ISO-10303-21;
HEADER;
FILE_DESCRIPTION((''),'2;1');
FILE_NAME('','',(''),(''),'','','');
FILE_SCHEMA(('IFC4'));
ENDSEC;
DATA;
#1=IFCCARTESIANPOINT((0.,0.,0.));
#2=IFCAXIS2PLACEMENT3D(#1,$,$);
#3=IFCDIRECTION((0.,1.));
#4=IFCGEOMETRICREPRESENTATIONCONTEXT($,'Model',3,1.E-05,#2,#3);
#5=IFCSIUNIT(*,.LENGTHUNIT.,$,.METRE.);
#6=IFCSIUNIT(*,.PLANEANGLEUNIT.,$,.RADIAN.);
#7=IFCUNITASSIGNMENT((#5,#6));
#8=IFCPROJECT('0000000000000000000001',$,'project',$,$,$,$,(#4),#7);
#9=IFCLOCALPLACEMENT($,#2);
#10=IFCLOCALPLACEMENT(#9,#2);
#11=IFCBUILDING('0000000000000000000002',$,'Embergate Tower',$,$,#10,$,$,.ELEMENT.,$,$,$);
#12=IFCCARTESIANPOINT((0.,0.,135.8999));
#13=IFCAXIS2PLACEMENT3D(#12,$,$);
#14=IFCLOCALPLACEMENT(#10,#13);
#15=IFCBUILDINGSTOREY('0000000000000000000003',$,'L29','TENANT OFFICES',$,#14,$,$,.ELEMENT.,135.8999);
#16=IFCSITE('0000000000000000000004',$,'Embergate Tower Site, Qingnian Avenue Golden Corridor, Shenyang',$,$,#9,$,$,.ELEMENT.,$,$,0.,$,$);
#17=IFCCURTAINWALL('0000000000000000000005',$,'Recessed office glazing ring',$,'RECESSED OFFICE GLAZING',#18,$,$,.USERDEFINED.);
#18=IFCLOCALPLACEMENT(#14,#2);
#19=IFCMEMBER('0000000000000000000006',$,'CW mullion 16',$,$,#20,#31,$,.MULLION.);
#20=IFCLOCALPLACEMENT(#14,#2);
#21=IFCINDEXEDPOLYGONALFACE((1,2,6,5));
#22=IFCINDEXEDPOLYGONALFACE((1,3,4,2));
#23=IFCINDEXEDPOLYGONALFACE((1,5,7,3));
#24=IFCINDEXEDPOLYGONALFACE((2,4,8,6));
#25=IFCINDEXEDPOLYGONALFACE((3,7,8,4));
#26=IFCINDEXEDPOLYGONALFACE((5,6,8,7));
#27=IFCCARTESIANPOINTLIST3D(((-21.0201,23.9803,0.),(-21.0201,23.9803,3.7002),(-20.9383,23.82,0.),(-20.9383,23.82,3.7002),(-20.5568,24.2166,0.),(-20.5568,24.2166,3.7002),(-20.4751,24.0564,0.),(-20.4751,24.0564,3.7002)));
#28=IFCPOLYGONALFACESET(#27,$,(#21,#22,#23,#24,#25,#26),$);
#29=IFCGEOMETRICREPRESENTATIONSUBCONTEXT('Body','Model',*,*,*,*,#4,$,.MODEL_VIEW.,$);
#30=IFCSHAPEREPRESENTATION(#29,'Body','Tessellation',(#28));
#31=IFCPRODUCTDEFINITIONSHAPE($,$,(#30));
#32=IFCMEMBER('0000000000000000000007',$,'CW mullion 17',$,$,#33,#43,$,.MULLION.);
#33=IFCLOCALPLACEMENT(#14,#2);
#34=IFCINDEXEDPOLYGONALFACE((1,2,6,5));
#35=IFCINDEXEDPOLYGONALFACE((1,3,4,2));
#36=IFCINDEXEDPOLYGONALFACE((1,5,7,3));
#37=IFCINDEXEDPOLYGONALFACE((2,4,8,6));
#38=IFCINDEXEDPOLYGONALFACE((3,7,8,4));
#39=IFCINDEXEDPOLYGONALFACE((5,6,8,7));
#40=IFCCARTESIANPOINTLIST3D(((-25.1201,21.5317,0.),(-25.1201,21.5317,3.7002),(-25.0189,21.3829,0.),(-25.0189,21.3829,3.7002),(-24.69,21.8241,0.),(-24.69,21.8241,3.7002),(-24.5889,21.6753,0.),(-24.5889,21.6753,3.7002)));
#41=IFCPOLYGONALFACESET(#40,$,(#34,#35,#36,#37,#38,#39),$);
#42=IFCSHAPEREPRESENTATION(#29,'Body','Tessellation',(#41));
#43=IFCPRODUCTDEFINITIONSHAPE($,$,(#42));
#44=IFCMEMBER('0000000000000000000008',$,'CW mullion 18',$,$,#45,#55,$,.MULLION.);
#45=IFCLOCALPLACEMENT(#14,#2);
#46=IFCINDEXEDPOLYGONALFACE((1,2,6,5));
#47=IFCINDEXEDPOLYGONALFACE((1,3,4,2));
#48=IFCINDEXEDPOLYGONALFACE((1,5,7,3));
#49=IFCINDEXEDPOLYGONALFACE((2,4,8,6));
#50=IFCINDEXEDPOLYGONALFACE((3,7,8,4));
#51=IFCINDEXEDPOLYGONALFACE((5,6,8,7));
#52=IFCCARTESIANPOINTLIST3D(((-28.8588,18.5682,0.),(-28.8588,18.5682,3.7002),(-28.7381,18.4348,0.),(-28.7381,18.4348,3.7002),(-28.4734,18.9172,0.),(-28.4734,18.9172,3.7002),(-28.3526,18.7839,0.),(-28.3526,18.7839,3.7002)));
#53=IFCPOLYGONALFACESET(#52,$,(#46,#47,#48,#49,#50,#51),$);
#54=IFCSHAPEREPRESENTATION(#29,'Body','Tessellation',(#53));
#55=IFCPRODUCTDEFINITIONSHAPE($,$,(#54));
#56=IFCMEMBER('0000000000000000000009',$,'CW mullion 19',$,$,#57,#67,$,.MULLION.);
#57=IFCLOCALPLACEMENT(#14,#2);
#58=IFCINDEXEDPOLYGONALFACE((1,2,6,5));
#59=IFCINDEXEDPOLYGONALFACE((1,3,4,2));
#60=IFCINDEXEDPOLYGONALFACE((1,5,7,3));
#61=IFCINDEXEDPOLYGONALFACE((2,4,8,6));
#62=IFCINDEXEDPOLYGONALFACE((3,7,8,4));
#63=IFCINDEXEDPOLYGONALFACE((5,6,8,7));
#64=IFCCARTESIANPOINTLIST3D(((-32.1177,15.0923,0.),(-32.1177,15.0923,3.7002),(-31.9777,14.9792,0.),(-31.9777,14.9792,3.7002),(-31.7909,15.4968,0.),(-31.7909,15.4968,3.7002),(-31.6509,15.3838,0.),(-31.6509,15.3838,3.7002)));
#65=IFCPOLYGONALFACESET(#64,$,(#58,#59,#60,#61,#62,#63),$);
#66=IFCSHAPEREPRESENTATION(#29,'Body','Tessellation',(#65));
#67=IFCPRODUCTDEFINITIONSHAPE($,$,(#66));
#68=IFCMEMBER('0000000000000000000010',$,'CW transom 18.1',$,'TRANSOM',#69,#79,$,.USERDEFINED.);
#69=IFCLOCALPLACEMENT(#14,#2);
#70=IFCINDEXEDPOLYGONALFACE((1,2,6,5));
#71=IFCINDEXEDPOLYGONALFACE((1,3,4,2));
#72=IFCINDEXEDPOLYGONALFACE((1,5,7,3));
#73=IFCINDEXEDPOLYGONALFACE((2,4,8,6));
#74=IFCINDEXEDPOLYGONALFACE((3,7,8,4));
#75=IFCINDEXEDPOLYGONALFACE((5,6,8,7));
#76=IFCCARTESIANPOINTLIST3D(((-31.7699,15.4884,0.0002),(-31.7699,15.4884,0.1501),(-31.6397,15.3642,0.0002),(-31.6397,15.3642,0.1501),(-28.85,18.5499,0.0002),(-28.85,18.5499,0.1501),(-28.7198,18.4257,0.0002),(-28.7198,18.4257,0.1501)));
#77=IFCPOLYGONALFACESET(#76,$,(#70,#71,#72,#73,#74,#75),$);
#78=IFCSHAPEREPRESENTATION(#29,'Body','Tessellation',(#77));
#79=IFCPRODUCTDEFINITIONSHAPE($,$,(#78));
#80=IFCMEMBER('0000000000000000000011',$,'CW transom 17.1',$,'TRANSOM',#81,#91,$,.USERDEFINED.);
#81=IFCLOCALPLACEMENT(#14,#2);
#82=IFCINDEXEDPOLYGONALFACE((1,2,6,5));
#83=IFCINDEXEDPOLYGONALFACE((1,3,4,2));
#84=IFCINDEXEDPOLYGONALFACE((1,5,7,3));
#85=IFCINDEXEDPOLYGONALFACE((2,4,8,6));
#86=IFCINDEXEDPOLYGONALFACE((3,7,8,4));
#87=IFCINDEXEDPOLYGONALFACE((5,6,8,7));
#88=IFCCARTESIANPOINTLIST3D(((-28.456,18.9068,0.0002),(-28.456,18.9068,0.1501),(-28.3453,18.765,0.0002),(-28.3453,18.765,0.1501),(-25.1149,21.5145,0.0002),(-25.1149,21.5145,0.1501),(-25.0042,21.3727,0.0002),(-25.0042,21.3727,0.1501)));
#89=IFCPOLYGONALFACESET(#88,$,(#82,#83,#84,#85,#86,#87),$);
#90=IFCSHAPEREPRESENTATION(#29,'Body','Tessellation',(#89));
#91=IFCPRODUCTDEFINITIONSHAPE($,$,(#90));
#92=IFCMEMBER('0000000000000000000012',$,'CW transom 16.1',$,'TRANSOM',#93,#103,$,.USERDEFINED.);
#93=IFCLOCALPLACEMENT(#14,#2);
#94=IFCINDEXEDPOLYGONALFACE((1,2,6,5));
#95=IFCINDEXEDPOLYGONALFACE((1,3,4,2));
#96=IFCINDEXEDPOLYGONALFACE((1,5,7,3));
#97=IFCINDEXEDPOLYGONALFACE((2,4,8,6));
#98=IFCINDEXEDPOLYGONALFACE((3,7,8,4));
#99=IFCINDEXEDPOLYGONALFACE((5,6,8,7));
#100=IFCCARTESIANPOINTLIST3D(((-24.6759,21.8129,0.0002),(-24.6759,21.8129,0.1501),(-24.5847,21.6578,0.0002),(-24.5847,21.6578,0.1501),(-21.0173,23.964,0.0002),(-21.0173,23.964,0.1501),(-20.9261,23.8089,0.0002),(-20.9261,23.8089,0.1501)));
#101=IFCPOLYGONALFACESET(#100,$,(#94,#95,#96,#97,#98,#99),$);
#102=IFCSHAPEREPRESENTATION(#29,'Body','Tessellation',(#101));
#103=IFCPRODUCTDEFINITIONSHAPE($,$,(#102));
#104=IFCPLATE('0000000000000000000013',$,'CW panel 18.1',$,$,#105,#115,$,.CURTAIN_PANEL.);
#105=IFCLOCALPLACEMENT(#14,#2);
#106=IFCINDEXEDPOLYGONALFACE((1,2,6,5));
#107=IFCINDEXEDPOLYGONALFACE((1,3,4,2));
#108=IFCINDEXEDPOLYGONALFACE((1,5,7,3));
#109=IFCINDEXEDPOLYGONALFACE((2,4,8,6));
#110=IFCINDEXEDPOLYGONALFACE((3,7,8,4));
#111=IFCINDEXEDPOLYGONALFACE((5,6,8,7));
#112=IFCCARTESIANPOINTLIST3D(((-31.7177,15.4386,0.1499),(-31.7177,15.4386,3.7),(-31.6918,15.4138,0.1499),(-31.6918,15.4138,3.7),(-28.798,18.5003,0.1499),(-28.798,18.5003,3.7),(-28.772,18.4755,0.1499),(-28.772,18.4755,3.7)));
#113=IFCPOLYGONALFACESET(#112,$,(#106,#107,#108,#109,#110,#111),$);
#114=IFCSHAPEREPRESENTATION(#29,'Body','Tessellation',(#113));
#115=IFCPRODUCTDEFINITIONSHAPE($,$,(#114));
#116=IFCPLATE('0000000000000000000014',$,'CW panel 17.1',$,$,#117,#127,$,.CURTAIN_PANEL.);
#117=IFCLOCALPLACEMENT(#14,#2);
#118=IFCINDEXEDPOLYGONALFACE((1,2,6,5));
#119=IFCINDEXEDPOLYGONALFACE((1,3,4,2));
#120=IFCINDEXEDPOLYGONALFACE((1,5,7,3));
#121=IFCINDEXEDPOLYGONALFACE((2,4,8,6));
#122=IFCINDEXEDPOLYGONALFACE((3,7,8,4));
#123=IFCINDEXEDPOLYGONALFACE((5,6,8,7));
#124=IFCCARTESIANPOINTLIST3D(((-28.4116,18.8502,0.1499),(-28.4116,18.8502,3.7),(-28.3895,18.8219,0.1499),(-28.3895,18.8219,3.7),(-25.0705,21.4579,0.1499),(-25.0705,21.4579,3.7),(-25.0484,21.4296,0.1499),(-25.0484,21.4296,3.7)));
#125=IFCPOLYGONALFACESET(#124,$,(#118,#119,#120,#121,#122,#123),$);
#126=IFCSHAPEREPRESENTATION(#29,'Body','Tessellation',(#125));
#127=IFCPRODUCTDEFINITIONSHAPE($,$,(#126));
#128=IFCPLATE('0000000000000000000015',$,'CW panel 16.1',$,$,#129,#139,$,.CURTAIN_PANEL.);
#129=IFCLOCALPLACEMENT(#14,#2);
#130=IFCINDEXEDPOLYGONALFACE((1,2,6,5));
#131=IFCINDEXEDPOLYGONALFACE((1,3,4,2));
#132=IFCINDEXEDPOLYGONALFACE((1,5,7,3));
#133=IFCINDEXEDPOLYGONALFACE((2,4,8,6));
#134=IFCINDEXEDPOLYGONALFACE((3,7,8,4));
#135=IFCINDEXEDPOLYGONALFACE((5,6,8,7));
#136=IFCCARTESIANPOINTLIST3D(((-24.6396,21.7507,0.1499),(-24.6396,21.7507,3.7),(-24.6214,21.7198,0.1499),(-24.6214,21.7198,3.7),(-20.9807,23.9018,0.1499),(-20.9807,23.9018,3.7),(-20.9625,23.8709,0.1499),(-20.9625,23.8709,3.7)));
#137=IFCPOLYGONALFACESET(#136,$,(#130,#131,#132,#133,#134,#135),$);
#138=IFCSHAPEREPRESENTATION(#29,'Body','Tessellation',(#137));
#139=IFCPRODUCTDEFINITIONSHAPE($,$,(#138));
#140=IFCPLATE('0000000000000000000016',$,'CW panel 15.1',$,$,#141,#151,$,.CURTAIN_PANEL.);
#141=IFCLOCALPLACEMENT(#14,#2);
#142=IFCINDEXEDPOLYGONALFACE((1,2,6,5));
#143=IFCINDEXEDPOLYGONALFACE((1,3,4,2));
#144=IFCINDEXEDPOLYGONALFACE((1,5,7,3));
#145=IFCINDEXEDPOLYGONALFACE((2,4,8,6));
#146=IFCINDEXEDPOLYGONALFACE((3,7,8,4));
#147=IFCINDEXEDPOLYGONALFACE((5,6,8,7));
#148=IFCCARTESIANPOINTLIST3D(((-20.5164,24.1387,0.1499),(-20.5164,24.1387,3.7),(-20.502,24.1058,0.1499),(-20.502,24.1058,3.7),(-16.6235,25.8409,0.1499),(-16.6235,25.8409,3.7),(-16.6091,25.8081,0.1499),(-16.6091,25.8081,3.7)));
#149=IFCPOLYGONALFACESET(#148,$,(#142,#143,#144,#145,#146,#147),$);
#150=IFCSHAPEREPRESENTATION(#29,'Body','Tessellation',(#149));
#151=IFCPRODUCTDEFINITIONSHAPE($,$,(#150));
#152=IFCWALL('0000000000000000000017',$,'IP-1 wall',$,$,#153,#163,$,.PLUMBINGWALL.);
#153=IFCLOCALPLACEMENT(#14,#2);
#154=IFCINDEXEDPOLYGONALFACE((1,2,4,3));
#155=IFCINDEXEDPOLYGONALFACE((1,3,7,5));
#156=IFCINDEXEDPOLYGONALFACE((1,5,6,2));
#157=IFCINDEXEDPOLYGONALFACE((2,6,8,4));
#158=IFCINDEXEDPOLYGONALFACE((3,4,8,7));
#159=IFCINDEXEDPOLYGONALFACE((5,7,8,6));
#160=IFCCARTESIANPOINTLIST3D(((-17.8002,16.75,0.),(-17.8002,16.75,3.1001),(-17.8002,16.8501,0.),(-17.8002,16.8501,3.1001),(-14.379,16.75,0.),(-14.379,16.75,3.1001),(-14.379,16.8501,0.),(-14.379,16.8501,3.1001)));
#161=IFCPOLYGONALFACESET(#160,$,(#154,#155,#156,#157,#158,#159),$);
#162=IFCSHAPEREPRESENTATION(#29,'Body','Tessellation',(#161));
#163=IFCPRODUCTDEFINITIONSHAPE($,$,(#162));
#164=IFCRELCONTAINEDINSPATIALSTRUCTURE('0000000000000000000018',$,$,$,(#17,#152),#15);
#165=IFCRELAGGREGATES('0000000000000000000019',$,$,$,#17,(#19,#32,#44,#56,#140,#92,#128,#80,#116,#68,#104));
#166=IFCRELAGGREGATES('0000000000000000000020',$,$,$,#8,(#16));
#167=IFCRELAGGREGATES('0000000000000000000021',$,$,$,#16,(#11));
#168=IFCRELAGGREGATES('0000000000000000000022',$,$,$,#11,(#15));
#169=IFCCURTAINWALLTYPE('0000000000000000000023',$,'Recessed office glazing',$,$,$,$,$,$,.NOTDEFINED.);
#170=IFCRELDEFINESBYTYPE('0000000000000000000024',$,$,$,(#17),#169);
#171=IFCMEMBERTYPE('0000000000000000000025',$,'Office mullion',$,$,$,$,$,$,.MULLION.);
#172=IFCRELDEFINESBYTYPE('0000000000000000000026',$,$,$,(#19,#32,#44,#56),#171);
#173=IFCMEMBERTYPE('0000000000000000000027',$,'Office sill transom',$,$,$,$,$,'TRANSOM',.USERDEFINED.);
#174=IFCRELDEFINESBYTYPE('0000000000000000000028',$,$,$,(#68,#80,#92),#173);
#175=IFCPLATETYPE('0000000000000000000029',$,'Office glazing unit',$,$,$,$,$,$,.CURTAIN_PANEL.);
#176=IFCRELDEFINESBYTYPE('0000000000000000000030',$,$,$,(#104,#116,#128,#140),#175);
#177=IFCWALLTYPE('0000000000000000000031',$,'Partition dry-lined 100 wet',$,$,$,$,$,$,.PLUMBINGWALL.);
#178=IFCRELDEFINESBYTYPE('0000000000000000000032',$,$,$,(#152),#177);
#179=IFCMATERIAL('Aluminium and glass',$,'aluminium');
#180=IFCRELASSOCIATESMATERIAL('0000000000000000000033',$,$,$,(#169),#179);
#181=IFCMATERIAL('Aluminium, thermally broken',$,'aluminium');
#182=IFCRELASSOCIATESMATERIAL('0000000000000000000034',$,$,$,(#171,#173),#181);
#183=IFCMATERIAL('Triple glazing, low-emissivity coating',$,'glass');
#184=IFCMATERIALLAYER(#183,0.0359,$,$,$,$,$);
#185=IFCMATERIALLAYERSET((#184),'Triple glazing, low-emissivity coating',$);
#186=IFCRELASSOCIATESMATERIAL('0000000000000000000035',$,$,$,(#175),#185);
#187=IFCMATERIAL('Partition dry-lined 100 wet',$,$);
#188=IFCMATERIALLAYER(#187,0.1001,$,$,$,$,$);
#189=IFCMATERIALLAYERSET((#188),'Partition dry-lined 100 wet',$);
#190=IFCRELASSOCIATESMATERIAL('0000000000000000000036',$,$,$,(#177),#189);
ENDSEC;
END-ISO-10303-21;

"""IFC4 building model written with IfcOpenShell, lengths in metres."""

from ifc_helpers import new_model, si_unit, direction, frame, frame_2d, origin, origin_2d, place, context, subcontext, project, spatial, rectangle, extrude, source, transform, mapped, material, layer, layer_set, material_profile, profile_set, type_object, element, aggregate, save


model = new_model("IFC4")

# Units and contexts
model_context = context("Model", 3, precision=1e-05, world=origin(), true_north=direction((0.0, 1.0)))
body_context = subcontext(model_context, "Body", "Model", "MODEL_VIEW")
ifc_project = project(units=[si_unit("LENGTHUNIT", "METRE"), si_unit("PLANEANGLEUNIT", "RADIAN")], contexts=[model_context])

# Site, building, storey
site_placement = place(None, origin())
site = spatial("IfcSite", under=ifc_project, at=site_placement, Name="Embergate Tower Site, Qingnian Avenue Golden Corridor, Shenyang", CompositionType="ELEMENT", RefElevation=0.0)
building_placement = place(site_placement, origin())
building = spatial("IfcBuilding", under=site, at=building_placement, Name="Embergate Tower", CompositionType="ELEMENT")
storey_placement = place(building_placement, frame((0.0, 0.0, 135.8999)))
storey = spatial("IfcBuildingStorey", under=building, at=storey_placement, Name="L29", Description="TENANT OFFICES", CompositionType="ELEMENT", Elevation=135.8999)

# Curtain wall, members, plates
ifc_material_1 = material(Name="Aluminium and glass", Category="aluminium")
curtain_wall_type = type_object("IfcCurtainWallType", Name="Recessed office glazing", PredefinedType="NOTDEFINED", material=ifc_material_1)
curtain_wall_placement = place(storey_placement, origin())
curtain_wall = element("IfcCurtainWall", 1, at=curtain_wall_placement, inside=storey, type_object=curtain_wall_type, Name="Recessed office glazing ring", ObjectType="RECESSED OFFICE GLAZING", PredefinedType="USERDEFINED")
ifc_material_2 = material(Name="Aluminium, thermally broken", Category="aluminium")
ifc_material_profile_1 = material_profile(ifc_material_2, rectangle(XDim=0.1799, YDim=0.52, at=origin_2d()), Name="AL 520x180")
ifc_profile_set_1 = profile_set([ifc_material_profile_1], Name="Aluminium, thermally broken")
member_type_1 = type_object("IfcMemberType", Name="Office mullion", PredefinedType="MULLION", material=ifc_profile_set_1)
shared_shape_1 = source(origin(), body_context, "Body", "SweptSolid", [
    extrude(rectangle(XDim=0.1799, YDim=0.52, at=origin_2d()), origin(), (0.0, 0.0, 1.0), 3.7002),
])
member_1_placement = place(storey_placement, frame((-20.7476, 24.0183, 0.0), z_axis=(0.0, 0.0, 1.0), x_axis=(0.454508, -0.890743, 0.0)))
member_1 = element("IfcMember", 2, at=member_1_placement, type_object=member_type_1, Name="CW mullion 16", PredefinedType="MULLION", context=body_context, shape_type="MappedRepresentation", body=[
    mapped(shared_shape_1, transform((0.0, 0.0, 0.0))),
])
member_2_placement = place(storey_placement, frame((-24.8545, 21.6035, 0.0), z_axis=(0.0, 0.0, 1.0), x_axis=(0.562215, -0.826991, 0.0)))
member_2 = element("IfcMember", 3, at=member_2_placement, type_object=member_type_1, Name="CW mullion 17", PredefinedType="MULLION", context=body_context, shape_type="MappedRepresentation", body=[
    mapped(shared_shape_1, transform((0.0, 0.0, 0.0))),
])
member_3_placement = place(storey_placement, frame((-28.6057, 18.676, 0.0), z_axis=(0.0, 0.0, 1.0), x_axis=(0.671225, -0.741253, 0.0)))
member_3 = element("IfcMember", 4, at=member_3_placement, type_object=member_type_1, Name="CW mullion 18", PredefinedType="MULLION", context=body_context, shape_type="MappedRepresentation", body=[
    mapped(shared_shape_1, transform((0.0, 0.0, 0.0))),
])
member_4_placement = place(storey_placement, frame((-31.8843, 15.238, 0.0), z_axis=(0.0, 0.0, 1.0), x_axis=(0.777871, -0.628423, 0.0)))
member_4 = element("IfcMember", 5, at=member_4_placement, type_object=member_type_1, Name="CW mullion 19", PredefinedType="MULLION", context=body_context, shape_type="MappedRepresentation", body=[
    mapped(shared_shape_1, transform((0.0, 0.0, 0.0))),
])
ifc_material_profile_2 = material_profile(ifc_material_2, rectangle(XDim=0.1799, YDim=0.1499, at=origin_2d()), Name="AL 150x180")
ifc_profile_set_2 = profile_set([ifc_material_profile_2], Name="Aluminium, thermally broken")
member_type_2 = type_object("IfcMemberType", Name="Office sill transom", ElementType="TRANSOM", PredefinedType="USERDEFINED", material=ifc_profile_set_2)
shared_shape_2 = source(origin(), body_context, "Body", "SweptSolid", [
    extrude(rectangle(XDim=0.1799, YDim=0.1499, at=origin_2d()), origin(), (0.0, 0.0, 1.0), 4.2307),
])
member_5_placement = place(storey_placement, frame((-28.7849, 18.4878, 0.0752), z_axis=(-0.690174, -0.723644, 0.0), x_axis=(0.723644, -0.690174, 0.0)))
member_5 = element("IfcMember", 6, at=member_5_placement, type_object=member_type_2, Name="CW transom 18.1", ObjectType="TRANSOM", PredefinedType="USERDEFINED", context=body_context, shape_type="MappedRepresentation", body=[
    mapped(shared_shape_2, transform((0.0, 0.0, 0.0))),
])
shared_shape_3 = source(origin(), body_context, "Body", "SweptSolid", [
    extrude(rectangle(XDim=0.1799, YDim=0.1499, at=origin_2d()), origin(), (0.0, 0.0, 1.0), 4.2383),
])
member_6_placement = place(storey_placement, frame((-25.0596, 21.4436, 0.0752), z_axis=(-0.788315, -0.615272, 0.0), x_axis=(0.615272, -0.788315, 0.0)))
member_6 = element("IfcMember", 7, at=member_6_placement, type_object=member_type_2, Name="CW transom 17.1", ObjectType="TRANSOM", PredefinedType="USERDEFINED", context=body_context, shape_type="MappedRepresentation", body=[
    mapped(shared_shape_3, transform((0.0, 0.0, 0.0))),
])
shared_shape_4 = source(origin(), body_context, "Body", "SweptSolid", [
    extrude(rectangle(XDim=0.1799, YDim=0.1499, at=origin_2d()), origin(), (0.0, 0.0, 1.0), 4.2441),
])
member_7_placement = place(storey_placement, frame((-20.9717, 23.8865, 0.0752), z_axis=(-0.862042, -0.506837, 0.0), x_axis=(0.506837, -0.862042, 0.0)))
member_7 = element("IfcMember", 8, at=member_7_placement, type_object=member_type_2, Name="CW transom 16.1", ObjectType="TRANSOM", PredefinedType="USERDEFINED", context=body_context, shape_type="MappedRepresentation", body=[
    mapped(shared_shape_4, transform((0.0, 0.0, 0.0))),
])
ifc_material_3 = material(Name="Triple glazing, low-emissivity coating", Category="glass")
ifc_layer_1 = layer(ifc_material_3, 0.0359)
ifc_layer_set_1 = layer_set([ifc_layer_1], Name="Triple glazing, low-emissivity coating")
plate_type = type_object("IfcPlateType", Name="Office glazing unit", PredefinedType="CURTAIN_PANEL", material=ifc_layer_set_1)
shared_shape_5 = source(origin(), body_context, "Body", "SweptSolid", [
    extrude(rectangle(XDim=4.2307, YDim=0.0359, at=origin_2d()), origin(), (0.0, 0.0, 1.0), 3.55),
])
plate_1_placement = place(storey_placement, frame((-30.2449, 16.957, 0.1499), z_axis=(0.0, 0.0, 1.0), x_axis=(-0.690138, -0.723678, 0.0)))
plate_1 = element("IfcPlate", 9, at=plate_1_placement, type_object=plate_type, Name="CW panel 18.1", PredefinedType="CURTAIN_PANEL", context=body_context, shape_type="MappedRepresentation", body=[
    mapped(shared_shape_5, transform((0.0, 0.0, 0.0))),
])
shared_shape_6 = source(origin(), body_context, "Body", "SweptSolid", [
    extrude(rectangle(XDim=4.2383, YDim=0.0359, at=origin_2d()), origin(), (0.0, 0.0, 1.0), 3.55),
])
plate_2_placement = place(storey_placement, frame((-26.73, 20.1399, 0.1499), z_axis=(0.0, 0.0, 1.0), x_axis=(-0.788322, -0.615263, 0.0)))
plate_2 = element("IfcPlate", 10, at=plate_2_placement, type_object=plate_type, Name="CW panel 17.1", PredefinedType="CURTAIN_PANEL", context=body_context, shape_type="MappedRepresentation", body=[
    mapped(shared_shape_6, transform((0.0, 0.0, 0.0))),
])
shared_shape_7 = source(origin(), body_context, "Body", "SweptSolid", [
    extrude(rectangle(XDim=4.2444, YDim=0.0359, at=origin_2d()), origin(), (0.0, 0.0, 1.0), 3.55),
])
plate_3_placement = place(storey_placement, frame((-22.801, 22.8108, 0.1499), z_axis=(0.0, 0.0, 1.0), x_axis=(-0.862055, -0.506815, 0.0)))
plate_3 = element("IfcPlate", 11, at=plate_3_placement, type_object=plate_type, Name="CW panel 16.1", PredefinedType="CURTAIN_PANEL", context=body_context, shape_type="MappedRepresentation", body=[
    mapped(shared_shape_7, transform((0.0, 0.0, 0.0))),
])
shared_shape_8 = source(origin(), body_context, "Body", "SweptSolid", [
    extrude(rectangle(XDim=4.2488, YDim=0.0359, at=origin_2d()), origin(), (0.0, 0.0, 1.0), 3.55),
])
plate_4_placement = place(storey_placement, frame((-18.5627, 24.9734, 0.1499), z_axis=(0.0, 0.0, 1.0), x_axis=(-0.916237, -0.400637, 0.0)))
plate_4 = element("IfcPlate", 12, at=plate_4_placement, type_object=plate_type, Name="CW panel 15.1", PredefinedType="CURTAIN_PANEL", context=body_context, shape_type="MappedRepresentation", body=[
    mapped(shared_shape_8, transform((0.0, 0.0, 0.0))),
])
aggregate(curtain_wall, [member_1, member_2, member_3, member_4, plate_4, member_7, plate_3, member_6, plate_2, member_5, plate_1])

# Wall
ifc_material_4 = material(Name="Partition dry-lined 100 wet")
ifc_layer_2 = layer(ifc_material_4, 0.1001)
ifc_layer_set_2 = layer_set([ifc_layer_2], Name="Partition dry-lined 100 wet")
wall_type = type_object("IfcWallType", Name="Partition dry-lined 100 wet", PredefinedType="PLUMBINGWALL", material=ifc_layer_set_2)
shared_shape_9 = source(origin(), body_context, "Body", "SweptSolid", [
    extrude(rectangle(XDim=3.4211, YDim=0.1001, at=frame_2d((1.7104, 0.0))), origin(), (0.0, 0.0, 1.0), 3.1001),
])
wall_placement = place(storey_placement, frame((-17.8, 16.8, 0.0), z_axis=(0.0, 0.0, 1.0), x_axis=(1.0, 0.0, 0.0)))
element("IfcWall", 13, at=wall_placement, inside=storey, type_object=wall_type, Name="IP-1 wall", PredefinedType="PLUMBINGWALL", context=body_context, shape_type="MappedRepresentation", body=[
    mapped(shared_shape_9, transform((0.0, 0.0, 0.0))),
])

save(model, "model.ifc")
